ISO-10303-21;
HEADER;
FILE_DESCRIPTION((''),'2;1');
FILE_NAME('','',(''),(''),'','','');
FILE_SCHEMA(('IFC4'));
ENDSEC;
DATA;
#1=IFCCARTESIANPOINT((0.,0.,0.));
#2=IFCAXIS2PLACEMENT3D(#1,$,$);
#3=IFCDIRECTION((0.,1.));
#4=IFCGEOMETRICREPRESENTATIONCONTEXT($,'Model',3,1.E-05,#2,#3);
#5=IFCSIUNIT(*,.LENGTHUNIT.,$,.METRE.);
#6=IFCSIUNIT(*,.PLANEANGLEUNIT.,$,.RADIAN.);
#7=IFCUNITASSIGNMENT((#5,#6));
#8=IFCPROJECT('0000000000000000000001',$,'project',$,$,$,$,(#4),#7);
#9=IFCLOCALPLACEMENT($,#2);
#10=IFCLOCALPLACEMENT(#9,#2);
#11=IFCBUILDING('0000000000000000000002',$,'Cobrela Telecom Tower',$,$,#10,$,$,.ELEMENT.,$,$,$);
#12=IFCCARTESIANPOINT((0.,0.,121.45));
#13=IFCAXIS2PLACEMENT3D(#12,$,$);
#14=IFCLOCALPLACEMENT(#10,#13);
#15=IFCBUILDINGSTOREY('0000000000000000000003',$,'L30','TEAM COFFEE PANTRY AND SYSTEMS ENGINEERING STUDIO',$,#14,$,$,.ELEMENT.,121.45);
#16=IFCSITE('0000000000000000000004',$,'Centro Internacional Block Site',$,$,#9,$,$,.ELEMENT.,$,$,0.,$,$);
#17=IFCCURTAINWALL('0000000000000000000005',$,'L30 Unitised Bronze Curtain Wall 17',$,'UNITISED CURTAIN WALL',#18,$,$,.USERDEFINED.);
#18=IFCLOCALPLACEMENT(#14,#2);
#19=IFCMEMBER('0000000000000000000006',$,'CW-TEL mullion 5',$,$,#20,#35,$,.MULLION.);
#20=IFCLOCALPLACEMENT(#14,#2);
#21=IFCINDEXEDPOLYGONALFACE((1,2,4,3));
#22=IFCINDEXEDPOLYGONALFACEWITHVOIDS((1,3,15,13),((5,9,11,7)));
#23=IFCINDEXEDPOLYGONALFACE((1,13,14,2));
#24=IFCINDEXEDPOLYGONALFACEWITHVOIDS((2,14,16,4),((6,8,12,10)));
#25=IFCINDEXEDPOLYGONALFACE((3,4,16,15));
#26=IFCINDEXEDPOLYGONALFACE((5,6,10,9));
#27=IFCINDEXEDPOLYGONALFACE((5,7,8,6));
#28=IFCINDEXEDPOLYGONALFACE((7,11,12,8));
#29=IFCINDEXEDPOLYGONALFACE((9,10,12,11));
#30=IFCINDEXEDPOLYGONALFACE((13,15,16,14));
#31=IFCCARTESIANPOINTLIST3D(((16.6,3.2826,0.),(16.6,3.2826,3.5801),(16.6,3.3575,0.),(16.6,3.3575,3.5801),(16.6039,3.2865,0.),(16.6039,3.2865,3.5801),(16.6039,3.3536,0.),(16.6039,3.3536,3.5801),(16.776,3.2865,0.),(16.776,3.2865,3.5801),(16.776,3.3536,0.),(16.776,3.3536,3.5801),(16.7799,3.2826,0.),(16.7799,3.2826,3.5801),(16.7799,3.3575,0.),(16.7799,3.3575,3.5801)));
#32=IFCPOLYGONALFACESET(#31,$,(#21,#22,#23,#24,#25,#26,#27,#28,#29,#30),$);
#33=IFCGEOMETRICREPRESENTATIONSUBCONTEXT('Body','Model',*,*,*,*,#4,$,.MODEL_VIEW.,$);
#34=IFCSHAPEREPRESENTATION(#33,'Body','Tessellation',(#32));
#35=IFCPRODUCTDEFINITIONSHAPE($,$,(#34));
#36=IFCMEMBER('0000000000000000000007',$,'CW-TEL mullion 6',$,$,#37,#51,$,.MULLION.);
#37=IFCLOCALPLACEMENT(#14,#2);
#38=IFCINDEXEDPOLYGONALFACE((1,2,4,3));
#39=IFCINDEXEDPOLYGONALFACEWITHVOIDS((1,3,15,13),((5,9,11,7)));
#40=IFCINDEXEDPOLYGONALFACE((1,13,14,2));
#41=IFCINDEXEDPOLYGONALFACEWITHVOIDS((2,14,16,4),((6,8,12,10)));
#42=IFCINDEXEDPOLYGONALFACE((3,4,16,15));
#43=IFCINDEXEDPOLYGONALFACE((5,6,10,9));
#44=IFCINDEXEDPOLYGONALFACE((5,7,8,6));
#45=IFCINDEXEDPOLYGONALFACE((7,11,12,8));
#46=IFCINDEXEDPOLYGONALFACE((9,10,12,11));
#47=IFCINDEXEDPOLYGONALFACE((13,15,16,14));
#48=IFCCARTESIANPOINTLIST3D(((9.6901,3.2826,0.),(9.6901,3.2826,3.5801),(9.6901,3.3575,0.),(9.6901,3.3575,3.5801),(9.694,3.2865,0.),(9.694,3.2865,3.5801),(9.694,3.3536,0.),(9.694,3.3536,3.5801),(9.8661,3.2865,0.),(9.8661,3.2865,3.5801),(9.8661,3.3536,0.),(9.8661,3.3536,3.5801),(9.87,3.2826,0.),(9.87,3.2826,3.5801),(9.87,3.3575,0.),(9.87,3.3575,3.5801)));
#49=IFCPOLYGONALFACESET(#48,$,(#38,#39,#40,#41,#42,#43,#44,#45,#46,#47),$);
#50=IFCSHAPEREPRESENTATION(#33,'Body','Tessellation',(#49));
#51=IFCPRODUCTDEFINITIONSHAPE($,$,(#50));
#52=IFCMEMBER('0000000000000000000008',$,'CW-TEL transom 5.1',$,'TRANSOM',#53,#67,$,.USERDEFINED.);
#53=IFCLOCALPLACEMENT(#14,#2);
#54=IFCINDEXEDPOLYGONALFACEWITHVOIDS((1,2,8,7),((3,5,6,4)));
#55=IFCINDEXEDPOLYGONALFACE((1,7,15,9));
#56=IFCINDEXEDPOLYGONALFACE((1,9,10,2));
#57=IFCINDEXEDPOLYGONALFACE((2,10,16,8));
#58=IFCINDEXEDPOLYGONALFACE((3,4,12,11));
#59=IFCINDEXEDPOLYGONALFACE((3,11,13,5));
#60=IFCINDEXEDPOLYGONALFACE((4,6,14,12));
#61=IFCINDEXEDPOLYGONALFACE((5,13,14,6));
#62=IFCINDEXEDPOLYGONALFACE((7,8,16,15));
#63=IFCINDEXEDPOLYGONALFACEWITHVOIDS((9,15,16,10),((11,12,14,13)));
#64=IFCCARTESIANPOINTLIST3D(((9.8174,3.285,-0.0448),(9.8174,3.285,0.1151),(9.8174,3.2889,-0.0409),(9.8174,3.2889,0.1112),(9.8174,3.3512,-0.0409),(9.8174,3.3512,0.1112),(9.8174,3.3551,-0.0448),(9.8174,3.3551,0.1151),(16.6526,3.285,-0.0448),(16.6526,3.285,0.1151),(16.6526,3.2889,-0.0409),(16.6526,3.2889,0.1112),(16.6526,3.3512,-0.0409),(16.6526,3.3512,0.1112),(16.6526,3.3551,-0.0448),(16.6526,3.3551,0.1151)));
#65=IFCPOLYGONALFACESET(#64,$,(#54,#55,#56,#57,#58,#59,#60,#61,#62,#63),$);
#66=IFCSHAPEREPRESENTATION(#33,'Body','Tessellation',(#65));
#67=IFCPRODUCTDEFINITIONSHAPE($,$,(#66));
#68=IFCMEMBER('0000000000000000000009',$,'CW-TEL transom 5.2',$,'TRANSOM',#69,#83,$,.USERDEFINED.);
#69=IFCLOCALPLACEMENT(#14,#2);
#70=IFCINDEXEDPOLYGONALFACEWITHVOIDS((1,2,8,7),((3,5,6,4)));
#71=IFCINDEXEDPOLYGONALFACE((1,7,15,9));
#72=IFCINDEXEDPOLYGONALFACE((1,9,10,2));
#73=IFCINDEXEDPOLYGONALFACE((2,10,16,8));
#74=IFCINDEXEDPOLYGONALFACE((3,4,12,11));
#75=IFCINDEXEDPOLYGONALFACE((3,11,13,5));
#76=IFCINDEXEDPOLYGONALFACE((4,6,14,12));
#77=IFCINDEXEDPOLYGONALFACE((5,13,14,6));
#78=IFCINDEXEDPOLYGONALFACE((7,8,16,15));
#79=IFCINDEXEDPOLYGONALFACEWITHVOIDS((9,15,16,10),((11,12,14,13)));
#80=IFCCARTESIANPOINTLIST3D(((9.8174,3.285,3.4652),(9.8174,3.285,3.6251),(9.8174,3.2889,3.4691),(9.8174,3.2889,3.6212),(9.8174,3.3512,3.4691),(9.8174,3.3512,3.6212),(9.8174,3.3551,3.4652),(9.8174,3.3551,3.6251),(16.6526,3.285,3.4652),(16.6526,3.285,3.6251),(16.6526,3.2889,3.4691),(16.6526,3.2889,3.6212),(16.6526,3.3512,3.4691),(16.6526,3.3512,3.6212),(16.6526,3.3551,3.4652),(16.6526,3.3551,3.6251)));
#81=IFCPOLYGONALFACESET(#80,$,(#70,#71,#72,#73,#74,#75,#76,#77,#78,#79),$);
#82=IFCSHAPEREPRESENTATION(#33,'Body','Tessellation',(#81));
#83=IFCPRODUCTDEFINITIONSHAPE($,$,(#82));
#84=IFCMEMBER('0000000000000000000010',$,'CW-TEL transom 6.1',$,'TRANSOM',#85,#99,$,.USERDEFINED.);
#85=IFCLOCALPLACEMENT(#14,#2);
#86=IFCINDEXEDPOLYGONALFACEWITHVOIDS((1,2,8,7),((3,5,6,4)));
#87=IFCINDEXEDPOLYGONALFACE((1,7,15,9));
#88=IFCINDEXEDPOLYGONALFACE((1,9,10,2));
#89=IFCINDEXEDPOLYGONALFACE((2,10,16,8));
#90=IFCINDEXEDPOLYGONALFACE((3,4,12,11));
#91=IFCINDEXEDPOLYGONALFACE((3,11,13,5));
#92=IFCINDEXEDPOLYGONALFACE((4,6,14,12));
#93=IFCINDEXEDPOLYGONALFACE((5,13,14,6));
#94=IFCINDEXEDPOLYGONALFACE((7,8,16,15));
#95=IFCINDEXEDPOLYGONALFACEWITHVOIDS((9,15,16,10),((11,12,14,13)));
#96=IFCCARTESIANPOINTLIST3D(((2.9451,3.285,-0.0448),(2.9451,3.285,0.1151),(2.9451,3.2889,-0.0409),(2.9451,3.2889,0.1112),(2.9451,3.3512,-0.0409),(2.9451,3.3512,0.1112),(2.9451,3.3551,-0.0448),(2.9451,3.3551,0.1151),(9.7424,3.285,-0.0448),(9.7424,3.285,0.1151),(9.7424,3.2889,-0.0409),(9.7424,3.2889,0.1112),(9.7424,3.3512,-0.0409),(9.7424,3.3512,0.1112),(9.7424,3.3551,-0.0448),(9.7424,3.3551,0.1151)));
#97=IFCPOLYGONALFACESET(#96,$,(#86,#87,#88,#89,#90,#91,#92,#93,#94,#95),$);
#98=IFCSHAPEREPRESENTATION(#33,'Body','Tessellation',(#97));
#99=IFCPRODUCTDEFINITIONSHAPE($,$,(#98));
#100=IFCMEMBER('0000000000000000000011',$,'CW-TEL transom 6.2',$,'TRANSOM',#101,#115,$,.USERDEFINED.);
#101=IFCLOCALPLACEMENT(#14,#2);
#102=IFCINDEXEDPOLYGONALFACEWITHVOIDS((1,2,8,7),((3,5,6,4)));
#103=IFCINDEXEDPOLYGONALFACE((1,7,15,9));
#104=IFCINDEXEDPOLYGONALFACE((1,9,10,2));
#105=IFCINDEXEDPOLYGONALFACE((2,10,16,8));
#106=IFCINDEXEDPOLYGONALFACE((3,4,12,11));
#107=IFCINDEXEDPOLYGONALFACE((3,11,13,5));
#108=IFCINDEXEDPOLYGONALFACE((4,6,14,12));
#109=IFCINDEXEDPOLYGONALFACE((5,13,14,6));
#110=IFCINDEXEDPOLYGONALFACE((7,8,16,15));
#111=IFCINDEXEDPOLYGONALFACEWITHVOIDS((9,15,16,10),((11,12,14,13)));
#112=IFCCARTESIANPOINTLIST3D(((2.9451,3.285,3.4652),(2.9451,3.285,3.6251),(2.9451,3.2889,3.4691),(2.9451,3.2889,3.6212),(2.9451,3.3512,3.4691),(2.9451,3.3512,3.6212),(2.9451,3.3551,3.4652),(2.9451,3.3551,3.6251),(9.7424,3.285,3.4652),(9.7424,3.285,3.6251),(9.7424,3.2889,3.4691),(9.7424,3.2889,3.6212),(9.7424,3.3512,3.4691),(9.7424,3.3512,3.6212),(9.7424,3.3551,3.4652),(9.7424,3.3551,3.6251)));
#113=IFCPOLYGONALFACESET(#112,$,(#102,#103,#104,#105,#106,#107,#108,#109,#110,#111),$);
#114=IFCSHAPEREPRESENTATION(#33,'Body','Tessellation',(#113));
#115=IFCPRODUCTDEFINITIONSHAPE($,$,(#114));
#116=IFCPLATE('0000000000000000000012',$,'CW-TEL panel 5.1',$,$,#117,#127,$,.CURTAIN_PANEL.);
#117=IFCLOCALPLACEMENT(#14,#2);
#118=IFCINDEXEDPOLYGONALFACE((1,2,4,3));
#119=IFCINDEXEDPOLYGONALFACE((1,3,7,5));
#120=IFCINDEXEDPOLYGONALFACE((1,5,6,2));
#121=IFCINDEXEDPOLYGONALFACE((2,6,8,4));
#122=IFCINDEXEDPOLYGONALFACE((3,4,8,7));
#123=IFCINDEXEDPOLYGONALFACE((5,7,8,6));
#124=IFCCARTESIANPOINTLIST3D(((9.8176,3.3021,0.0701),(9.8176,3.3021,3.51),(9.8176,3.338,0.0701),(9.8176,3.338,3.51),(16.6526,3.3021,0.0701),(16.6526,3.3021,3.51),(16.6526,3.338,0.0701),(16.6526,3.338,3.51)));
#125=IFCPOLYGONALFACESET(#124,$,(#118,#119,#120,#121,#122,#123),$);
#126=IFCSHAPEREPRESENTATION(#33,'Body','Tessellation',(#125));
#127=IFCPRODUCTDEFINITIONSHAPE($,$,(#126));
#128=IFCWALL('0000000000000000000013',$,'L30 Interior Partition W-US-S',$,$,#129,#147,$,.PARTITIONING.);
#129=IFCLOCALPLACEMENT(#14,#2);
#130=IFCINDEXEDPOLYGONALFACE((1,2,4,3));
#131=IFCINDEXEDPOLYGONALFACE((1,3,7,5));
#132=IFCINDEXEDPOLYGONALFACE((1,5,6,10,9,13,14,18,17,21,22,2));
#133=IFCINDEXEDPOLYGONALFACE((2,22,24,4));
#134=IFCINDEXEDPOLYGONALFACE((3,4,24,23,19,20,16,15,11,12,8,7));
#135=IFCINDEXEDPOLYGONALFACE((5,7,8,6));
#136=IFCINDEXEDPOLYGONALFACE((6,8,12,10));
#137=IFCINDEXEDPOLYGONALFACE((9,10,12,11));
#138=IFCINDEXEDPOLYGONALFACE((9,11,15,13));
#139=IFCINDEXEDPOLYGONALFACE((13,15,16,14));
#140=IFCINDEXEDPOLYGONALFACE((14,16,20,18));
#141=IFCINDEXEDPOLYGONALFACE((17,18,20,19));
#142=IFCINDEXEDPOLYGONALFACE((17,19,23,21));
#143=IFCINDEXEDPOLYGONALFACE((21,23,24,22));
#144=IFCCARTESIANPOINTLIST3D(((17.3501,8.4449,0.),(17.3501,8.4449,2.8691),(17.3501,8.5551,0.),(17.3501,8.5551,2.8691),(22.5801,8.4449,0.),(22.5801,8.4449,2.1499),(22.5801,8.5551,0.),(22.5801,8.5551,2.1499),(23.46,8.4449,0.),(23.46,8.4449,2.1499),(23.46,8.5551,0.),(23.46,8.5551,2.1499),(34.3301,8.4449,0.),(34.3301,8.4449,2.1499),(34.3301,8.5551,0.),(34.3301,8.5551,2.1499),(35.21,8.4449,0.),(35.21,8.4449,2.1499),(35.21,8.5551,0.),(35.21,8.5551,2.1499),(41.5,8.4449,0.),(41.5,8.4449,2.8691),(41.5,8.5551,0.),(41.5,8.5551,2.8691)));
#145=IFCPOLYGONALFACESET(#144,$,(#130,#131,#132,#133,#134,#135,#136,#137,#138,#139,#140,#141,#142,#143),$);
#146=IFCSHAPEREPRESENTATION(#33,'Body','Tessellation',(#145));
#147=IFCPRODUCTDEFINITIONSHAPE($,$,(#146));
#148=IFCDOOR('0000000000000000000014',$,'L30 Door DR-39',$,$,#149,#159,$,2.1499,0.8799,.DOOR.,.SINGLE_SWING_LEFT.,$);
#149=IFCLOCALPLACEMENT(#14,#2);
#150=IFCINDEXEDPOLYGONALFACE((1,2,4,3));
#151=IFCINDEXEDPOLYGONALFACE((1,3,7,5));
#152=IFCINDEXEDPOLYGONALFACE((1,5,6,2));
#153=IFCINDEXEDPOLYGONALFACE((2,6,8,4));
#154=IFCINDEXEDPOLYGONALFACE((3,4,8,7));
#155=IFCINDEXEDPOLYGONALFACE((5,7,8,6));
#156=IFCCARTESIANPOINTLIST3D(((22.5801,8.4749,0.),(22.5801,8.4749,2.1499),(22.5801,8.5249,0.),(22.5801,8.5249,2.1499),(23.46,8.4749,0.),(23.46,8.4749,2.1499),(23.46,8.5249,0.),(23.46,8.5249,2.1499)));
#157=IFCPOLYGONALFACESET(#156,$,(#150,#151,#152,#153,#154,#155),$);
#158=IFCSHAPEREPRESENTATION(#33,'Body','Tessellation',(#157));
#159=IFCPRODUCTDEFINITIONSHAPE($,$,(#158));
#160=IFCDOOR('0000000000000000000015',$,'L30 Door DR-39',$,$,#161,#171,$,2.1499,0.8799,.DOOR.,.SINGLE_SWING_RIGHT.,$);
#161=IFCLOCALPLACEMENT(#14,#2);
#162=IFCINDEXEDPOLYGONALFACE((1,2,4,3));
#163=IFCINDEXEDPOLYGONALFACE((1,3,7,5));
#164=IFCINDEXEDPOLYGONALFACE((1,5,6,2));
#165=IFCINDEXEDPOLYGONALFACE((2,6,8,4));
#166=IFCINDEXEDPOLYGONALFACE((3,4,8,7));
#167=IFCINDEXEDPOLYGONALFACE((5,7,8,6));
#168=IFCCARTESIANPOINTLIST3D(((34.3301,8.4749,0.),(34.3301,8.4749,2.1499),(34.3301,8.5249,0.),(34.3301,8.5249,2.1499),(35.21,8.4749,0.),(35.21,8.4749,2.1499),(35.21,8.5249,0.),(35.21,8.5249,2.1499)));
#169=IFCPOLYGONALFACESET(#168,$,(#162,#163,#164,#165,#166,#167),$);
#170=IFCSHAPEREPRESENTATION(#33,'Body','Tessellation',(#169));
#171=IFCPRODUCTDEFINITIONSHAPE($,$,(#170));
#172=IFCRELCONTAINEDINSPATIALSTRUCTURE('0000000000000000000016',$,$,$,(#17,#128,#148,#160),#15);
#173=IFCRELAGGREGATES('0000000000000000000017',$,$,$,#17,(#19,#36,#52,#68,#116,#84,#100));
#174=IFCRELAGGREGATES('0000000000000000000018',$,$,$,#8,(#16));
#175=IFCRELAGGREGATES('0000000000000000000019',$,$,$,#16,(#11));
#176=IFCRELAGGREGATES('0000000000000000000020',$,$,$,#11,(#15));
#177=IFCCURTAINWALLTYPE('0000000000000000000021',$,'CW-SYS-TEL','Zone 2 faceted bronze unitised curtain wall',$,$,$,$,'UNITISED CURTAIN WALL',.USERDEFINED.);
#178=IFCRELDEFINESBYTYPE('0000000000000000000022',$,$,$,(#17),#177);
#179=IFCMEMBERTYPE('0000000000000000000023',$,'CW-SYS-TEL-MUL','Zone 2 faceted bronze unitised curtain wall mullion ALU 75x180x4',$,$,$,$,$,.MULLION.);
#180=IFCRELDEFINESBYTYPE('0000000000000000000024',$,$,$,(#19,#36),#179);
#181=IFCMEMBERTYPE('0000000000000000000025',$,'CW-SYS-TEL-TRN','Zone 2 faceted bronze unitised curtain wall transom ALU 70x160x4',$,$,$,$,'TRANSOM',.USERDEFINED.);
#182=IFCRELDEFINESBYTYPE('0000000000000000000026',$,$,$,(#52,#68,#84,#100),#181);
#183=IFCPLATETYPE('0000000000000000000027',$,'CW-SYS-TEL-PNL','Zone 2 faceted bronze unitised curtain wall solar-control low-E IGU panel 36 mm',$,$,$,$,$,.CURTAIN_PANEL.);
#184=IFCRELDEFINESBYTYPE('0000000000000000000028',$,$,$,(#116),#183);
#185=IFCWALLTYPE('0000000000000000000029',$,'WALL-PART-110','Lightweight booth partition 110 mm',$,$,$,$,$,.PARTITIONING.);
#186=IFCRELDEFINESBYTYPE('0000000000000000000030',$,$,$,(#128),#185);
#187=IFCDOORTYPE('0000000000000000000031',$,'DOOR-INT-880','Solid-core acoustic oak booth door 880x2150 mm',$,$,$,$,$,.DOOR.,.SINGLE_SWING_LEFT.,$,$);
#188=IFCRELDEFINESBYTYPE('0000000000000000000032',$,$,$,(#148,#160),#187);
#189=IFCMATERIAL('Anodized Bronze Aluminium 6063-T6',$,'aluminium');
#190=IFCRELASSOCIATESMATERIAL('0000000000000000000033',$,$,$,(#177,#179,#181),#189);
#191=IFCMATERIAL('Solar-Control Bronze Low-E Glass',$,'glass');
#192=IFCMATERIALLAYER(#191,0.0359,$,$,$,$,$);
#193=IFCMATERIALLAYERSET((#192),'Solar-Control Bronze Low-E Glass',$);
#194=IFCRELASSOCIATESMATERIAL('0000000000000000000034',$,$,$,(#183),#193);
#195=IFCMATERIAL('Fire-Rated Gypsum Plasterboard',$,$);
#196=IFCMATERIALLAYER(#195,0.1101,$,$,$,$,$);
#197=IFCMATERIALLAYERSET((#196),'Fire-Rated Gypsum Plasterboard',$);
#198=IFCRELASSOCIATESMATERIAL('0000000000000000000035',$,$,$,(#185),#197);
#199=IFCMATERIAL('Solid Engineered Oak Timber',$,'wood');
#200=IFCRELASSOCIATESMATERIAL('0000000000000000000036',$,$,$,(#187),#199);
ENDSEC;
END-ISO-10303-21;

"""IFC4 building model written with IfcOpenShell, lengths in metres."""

from ifc_helpers import new_model, si_unit, direction, frame, frame_2d, origin, origin_2d, place, context, subcontext, project, spatial, rectangle, hollow_rectangle, extrude, material, layer, layer_set, material_profile, profile_set, type_object, element, fill, aggregate, save


model = new_model("IFC4")

# Units and contexts
model_context = context("Model", 3, precision=1e-05, world=origin(), true_north=direction((0.0, 1.0)))
body_context = subcontext(model_context, "Body", "Model", "MODEL_VIEW")
ifc_project = project(units=[si_unit("LENGTHUNIT", "METRE"), si_unit("PLANEANGLEUNIT", "RADIAN")], contexts=[model_context])

# Site, building, storey
site_placement = place(None, origin())
site = spatial("IfcSite", under=ifc_project, at=site_placement, Name="Centro Internacional Block Site", CompositionType="ELEMENT", RefElevation=0.0)
building_placement = place(site_placement, origin())
building = spatial("IfcBuilding", under=site, at=building_placement, Name="Cobrela Telecom Tower", CompositionType="ELEMENT")
storey_placement = place(building_placement, frame((0.0, 0.0, 121.45)))
storey = spatial("IfcBuildingStorey", under=building, at=storey_placement, Name="L30", Description="TEAM COFFEE PANTRY AND SYSTEMS ENGINEERING STUDIO", CompositionType="ELEMENT", Elevation=121.45)

# Curtain wall, members, plate
ifc_material_1 = material(Name="Anodized Bronze Aluminium 6063-T6", Category="aluminium")
curtain_wall_type = type_object("IfcCurtainWallType", Name="CW-SYS-TEL", Description="Zone 2 faceted bronze unitised curtain wall", ElementType="UNITISED CURTAIN WALL", PredefinedType="USERDEFINED", material=ifc_material_1)
curtain_wall_placement = place(storey_placement, origin())
curtain_wall = element("IfcCurtainWall", 1, at=curtain_wall_placement, inside=storey, type_object=curtain_wall_type, Name="L30 Unitised Bronze Curtain Wall 17", ObjectType="UNITISED CURTAIN WALL", PredefinedType="USERDEFINED")
ifc_material_profile_1 = material_profile(ifc_material_1, hollow_rectangle(XDim=0.075, YDim=0.1799, WallThickness=0.0039, at=origin_2d()), Name="ALU 75x180x4")
ifc_profile_set_1 = profile_set([ifc_material_profile_1], Name="Anodized Bronze Aluminium 6063-T6")
member_type_1 = type_object("IfcMemberType", Name="CW-SYS-TEL-MUL", Description="Zone 2 faceted bronze unitised curtain wall mullion ALU 75x180x4", PredefinedType="MULLION", material=ifc_profile_set_1)
member_1_placement = place(storey_placement, frame((16.6899, 3.3201, 0.0), z_axis=(0.0, 0.0, 1.0), x_axis=(0.0, -1.0, 0.0)))
member_1 = element("IfcMember", 2, at=member_1_placement, type_object=member_type_1, Name="CW-TEL mullion 5", PredefinedType="MULLION", context=body_context, shape_type="SweptSolid", body=[
    extrude(hollow_rectangle(XDim=0.075, YDim=0.1799, WallThickness=0.0039, at=origin_2d()), origin(), (0.0, 0.0, 1.0), 3.5801),
])
member_2_placement = place(storey_placement, frame((9.78, 3.3201, 0.0), z_axis=(0.0, 0.0, 1.0), x_axis=(0.0, -1.0, 0.0)))
member_2 = element("IfcMember", 3, at=member_2_placement, type_object=member_type_1, Name="CW-TEL mullion 6", PredefinedType="MULLION", context=body_context, shape_type="SweptSolid", body=[
    extrude(hollow_rectangle(XDim=0.075, YDim=0.1799, WallThickness=0.0039, at=origin_2d()), origin(), (0.0, 0.0, 1.0), 3.5801),
])
ifc_material_profile_2 = material_profile(ifc_material_1, hollow_rectangle(XDim=0.0701, YDim=0.1599, WallThickness=0.0039, at=origin_2d()), Name="ALU 70x160x4")
ifc_profile_set_2 = profile_set([ifc_material_profile_2], Name="Anodized Bronze Aluminium 6063-T6")
member_type_2 = type_object("IfcMemberType", Name="CW-SYS-TEL-TRN", Description="Zone 2 faceted bronze unitised curtain wall transom ALU 70x160x4", ElementType="TRANSOM", PredefinedType="USERDEFINED", material=ifc_profile_set_2)
member_3_placement = place(storey_placement, frame((16.6526, 3.3201, 0.0352), z_axis=(-1.0, 0.0, 0.0), x_axis=(0.0, -1.0, 0.0)))
member_3 = element("IfcMember", 4, at=member_3_placement, type_object=member_type_2, Name="CW-TEL transom 5.1", ObjectType="TRANSOM", PredefinedType="USERDEFINED", context=body_context, shape_type="SweptSolid", body=[
    extrude(hollow_rectangle(XDim=0.0701, YDim=0.1599, WallThickness=0.0039, at=origin_2d()), origin(), (0.0, 0.0, 1.0), 6.8352),
])
member_4_placement = place(storey_placement, frame((16.6526, 3.3201, 3.5452), z_axis=(-1.0, 0.0, 0.0), x_axis=(0.0, -1.0, 0.0)))
member_4 = element("IfcMember", 5, at=member_4_placement, type_object=member_type_2, Name="CW-TEL transom 5.2", ObjectType="TRANSOM", PredefinedType="USERDEFINED", context=body_context, shape_type="SweptSolid", body=[
    extrude(hollow_rectangle(XDim=0.0701, YDim=0.1599, WallThickness=0.0039, at=origin_2d()), origin(), (0.0, 0.0, 1.0), 6.8352),
])
member_5_placement = place(storey_placement, frame((9.7424, 3.3201, 0.0352), z_axis=(-1.0, 0.0, 0.0), x_axis=(0.0, -1.0, 0.0)))
member_5 = element("IfcMember", 6, at=member_5_placement, type_object=member_type_2, Name="CW-TEL transom 6.1", ObjectType="TRANSOM", PredefinedType="USERDEFINED", context=body_context, shape_type="SweptSolid", body=[
    extrude(hollow_rectangle(XDim=0.0701, YDim=0.1599, WallThickness=0.0039, at=origin_2d()), origin(), (0.0, 0.0, 1.0), 6.7974),
])
member_6_placement = place(storey_placement, frame((9.7424, 3.3201, 3.5452), z_axis=(-1.0, 0.0, 0.0), x_axis=(0.0, -1.0, 0.0)))
member_6 = element("IfcMember", 7, at=member_6_placement, type_object=member_type_2, Name="CW-TEL transom 6.2", ObjectType="TRANSOM", PredefinedType="USERDEFINED", context=body_context, shape_type="SweptSolid", body=[
    extrude(hollow_rectangle(XDim=0.0701, YDim=0.1599, WallThickness=0.0039, at=origin_2d()), origin(), (0.0, 0.0, 1.0), 6.7974),
])
ifc_material_2 = material(Name="Solar-Control Bronze Low-E Glass", Category="glass")
ifc_layer_1 = layer(ifc_material_2, 0.0359)
ifc_layer_set_1 = layer_set([ifc_layer_1], Name="Solar-Control Bronze Low-E Glass")
plate_type = type_object("IfcPlateType", Name="CW-SYS-TEL-PNL", Description="Zone 2 faceted bronze unitised curtain wall solar-control low-E IGU panel 36 mm", PredefinedType="CURTAIN_PANEL", material=ifc_layer_set_1)
plate_placement = place(storey_placement, frame((13.2351, 3.3201, 0.0701), z_axis=(0.0, 0.0, 1.0), x_axis=(-1.0, 0.0, 0.0)))
plate = element("IfcPlate", 8, at=plate_placement, type_object=plate_type, Name="CW-TEL panel 5.1", PredefinedType="CURTAIN_PANEL", context=body_context, shape_type="SweptSolid", body=[
    extrude(rectangle(XDim=6.835, YDim=0.0359, at=origin_2d()), origin(), (0.0, 0.0, 1.0), 3.4399),
])
aggregate(curtain_wall, [member_1, member_2, member_3, member_4, plate, member_5, member_6])

# Wall, openings, doors
ifc_material_3 = material(Name="Fire-Rated Gypsum Plasterboard")
ifc_layer_2 = layer(ifc_material_3, 0.1101)
ifc_layer_set_2 = layer_set([ifc_layer_2], Name="Fire-Rated Gypsum Plasterboard")
wall_type_1 = type_object("IfcWallType", Name="WALL-PART-110", Description="Lightweight booth partition 110 mm", PredefinedType="PARTITIONING", material=ifc_layer_set_2)
wall_1_placement = place(storey_placement, frame((17.3501, 8.5, 0.0), z_axis=(0.0, 0.0, 1.0), x_axis=(1.0, 0.0, 0.0)))
wall_1 = element("IfcWall", 9, at=wall_1_placement, inside=storey, type_object=wall_type_1, Name="L30 Interior Partition W-US-S", PredefinedType="PARTITIONING", context=body_context, shape_type="SweptSolid", body=[
    extrude(rectangle(XDim=24.1499, YDim=0.1101, at=frame_2d((12.075, 0.0))), origin(), (0.0, 0.0, 1.0), 2.8691),
])
opening_1_placement = place(wall_1_placement, frame((5.23, 0.0, 0.0)))
opening_1 = element("IfcOpeningElement", 10, at=opening_1_placement, cuts=wall_1, PredefinedType="OPENING", context=body_context, shape_type="SweptSolid", body=[
    extrude(rectangle(XDim=0.8799, YDim=2.1499, at=frame_2d((0.4399, 1.075))), frame((0.0, 0.0669, 0.0), z_axis=(0.0, -1.0, 0.0), x_axis=(1.0, 0.0, 0.0)), (0.0, 0.0, 1.0), 0.134),
])
opening_2_placement = place(wall_1_placement, frame((16.98, 0.0, 0.0)))
opening_2 = element("IfcOpeningElement", 11, at=opening_2_placement, cuts=wall_1, PredefinedType="OPENING", context=body_context, shape_type="SweptSolid", body=[
    extrude(rectangle(XDim=0.8799, YDim=2.1499, at=frame_2d((0.4399, 1.075))), frame((0.0, 0.0669, 0.0), z_axis=(0.0, -1.0, 0.0), x_axis=(1.0, 0.0, 0.0)), (0.0, 0.0, 1.0), 0.134),
])
ifc_material_4 = material(Name="Solid Engineered Oak Timber", Category="wood")
door_type_1 = type_object("IfcDoorType", Name="DOOR-INT-880", Description="Solid-core acoustic oak booth door 880x2150 mm", OperationType="SINGLE_SWING_LEFT", PredefinedType="DOOR", material=ifc_material_4)
door_1_placement = place(opening_1_placement, origin())
door_1 = element("IfcDoor", 12, at=door_1_placement, inside=storey, type_object=door_type_1, Name="L30 Door DR-39", OperationType="SINGLE_SWING_LEFT", OverallHeight=2.1499, OverallWidth=0.8799, PredefinedType="DOOR", context=body_context, shape_type="SweptSolid", body=[
    extrude(rectangle(XDim=0.8799, YDim=2.1499, at=frame_2d((0.4399, 1.075))), frame((0.0, 0.0249, 0.0), z_axis=(0.0, -1.0, 0.0), x_axis=(1.0, 0.0, 0.0)), (0.0, 0.0, 1.0), 0.05),
])
fill(opening_1, door_1)
door_2_placement = place(opening_2_placement, origin())
door_2 = element("IfcDoor", 13, at=door_2_placement, inside=storey, type_object=door_type_1, Name="L30 Door DR-39", OperationType="SINGLE_SWING_RIGHT", OverallHeight=2.1499, OverallWidth=0.8799, PredefinedType="DOOR", context=body_context, shape_type="SweptSolid", body=[
    extrude(rectangle(XDim=0.8799, YDim=2.1499, at=frame_2d((0.4399, 1.075))), frame((0.0, 0.0249, 0.0), z_axis=(0.0, -1.0, 0.0), x_axis=(1.0, 0.0, 0.0)), (0.0, 0.0, 1.0), 0.05),
])
fill(opening_2, door_2)

save(model, "model.ifc")
